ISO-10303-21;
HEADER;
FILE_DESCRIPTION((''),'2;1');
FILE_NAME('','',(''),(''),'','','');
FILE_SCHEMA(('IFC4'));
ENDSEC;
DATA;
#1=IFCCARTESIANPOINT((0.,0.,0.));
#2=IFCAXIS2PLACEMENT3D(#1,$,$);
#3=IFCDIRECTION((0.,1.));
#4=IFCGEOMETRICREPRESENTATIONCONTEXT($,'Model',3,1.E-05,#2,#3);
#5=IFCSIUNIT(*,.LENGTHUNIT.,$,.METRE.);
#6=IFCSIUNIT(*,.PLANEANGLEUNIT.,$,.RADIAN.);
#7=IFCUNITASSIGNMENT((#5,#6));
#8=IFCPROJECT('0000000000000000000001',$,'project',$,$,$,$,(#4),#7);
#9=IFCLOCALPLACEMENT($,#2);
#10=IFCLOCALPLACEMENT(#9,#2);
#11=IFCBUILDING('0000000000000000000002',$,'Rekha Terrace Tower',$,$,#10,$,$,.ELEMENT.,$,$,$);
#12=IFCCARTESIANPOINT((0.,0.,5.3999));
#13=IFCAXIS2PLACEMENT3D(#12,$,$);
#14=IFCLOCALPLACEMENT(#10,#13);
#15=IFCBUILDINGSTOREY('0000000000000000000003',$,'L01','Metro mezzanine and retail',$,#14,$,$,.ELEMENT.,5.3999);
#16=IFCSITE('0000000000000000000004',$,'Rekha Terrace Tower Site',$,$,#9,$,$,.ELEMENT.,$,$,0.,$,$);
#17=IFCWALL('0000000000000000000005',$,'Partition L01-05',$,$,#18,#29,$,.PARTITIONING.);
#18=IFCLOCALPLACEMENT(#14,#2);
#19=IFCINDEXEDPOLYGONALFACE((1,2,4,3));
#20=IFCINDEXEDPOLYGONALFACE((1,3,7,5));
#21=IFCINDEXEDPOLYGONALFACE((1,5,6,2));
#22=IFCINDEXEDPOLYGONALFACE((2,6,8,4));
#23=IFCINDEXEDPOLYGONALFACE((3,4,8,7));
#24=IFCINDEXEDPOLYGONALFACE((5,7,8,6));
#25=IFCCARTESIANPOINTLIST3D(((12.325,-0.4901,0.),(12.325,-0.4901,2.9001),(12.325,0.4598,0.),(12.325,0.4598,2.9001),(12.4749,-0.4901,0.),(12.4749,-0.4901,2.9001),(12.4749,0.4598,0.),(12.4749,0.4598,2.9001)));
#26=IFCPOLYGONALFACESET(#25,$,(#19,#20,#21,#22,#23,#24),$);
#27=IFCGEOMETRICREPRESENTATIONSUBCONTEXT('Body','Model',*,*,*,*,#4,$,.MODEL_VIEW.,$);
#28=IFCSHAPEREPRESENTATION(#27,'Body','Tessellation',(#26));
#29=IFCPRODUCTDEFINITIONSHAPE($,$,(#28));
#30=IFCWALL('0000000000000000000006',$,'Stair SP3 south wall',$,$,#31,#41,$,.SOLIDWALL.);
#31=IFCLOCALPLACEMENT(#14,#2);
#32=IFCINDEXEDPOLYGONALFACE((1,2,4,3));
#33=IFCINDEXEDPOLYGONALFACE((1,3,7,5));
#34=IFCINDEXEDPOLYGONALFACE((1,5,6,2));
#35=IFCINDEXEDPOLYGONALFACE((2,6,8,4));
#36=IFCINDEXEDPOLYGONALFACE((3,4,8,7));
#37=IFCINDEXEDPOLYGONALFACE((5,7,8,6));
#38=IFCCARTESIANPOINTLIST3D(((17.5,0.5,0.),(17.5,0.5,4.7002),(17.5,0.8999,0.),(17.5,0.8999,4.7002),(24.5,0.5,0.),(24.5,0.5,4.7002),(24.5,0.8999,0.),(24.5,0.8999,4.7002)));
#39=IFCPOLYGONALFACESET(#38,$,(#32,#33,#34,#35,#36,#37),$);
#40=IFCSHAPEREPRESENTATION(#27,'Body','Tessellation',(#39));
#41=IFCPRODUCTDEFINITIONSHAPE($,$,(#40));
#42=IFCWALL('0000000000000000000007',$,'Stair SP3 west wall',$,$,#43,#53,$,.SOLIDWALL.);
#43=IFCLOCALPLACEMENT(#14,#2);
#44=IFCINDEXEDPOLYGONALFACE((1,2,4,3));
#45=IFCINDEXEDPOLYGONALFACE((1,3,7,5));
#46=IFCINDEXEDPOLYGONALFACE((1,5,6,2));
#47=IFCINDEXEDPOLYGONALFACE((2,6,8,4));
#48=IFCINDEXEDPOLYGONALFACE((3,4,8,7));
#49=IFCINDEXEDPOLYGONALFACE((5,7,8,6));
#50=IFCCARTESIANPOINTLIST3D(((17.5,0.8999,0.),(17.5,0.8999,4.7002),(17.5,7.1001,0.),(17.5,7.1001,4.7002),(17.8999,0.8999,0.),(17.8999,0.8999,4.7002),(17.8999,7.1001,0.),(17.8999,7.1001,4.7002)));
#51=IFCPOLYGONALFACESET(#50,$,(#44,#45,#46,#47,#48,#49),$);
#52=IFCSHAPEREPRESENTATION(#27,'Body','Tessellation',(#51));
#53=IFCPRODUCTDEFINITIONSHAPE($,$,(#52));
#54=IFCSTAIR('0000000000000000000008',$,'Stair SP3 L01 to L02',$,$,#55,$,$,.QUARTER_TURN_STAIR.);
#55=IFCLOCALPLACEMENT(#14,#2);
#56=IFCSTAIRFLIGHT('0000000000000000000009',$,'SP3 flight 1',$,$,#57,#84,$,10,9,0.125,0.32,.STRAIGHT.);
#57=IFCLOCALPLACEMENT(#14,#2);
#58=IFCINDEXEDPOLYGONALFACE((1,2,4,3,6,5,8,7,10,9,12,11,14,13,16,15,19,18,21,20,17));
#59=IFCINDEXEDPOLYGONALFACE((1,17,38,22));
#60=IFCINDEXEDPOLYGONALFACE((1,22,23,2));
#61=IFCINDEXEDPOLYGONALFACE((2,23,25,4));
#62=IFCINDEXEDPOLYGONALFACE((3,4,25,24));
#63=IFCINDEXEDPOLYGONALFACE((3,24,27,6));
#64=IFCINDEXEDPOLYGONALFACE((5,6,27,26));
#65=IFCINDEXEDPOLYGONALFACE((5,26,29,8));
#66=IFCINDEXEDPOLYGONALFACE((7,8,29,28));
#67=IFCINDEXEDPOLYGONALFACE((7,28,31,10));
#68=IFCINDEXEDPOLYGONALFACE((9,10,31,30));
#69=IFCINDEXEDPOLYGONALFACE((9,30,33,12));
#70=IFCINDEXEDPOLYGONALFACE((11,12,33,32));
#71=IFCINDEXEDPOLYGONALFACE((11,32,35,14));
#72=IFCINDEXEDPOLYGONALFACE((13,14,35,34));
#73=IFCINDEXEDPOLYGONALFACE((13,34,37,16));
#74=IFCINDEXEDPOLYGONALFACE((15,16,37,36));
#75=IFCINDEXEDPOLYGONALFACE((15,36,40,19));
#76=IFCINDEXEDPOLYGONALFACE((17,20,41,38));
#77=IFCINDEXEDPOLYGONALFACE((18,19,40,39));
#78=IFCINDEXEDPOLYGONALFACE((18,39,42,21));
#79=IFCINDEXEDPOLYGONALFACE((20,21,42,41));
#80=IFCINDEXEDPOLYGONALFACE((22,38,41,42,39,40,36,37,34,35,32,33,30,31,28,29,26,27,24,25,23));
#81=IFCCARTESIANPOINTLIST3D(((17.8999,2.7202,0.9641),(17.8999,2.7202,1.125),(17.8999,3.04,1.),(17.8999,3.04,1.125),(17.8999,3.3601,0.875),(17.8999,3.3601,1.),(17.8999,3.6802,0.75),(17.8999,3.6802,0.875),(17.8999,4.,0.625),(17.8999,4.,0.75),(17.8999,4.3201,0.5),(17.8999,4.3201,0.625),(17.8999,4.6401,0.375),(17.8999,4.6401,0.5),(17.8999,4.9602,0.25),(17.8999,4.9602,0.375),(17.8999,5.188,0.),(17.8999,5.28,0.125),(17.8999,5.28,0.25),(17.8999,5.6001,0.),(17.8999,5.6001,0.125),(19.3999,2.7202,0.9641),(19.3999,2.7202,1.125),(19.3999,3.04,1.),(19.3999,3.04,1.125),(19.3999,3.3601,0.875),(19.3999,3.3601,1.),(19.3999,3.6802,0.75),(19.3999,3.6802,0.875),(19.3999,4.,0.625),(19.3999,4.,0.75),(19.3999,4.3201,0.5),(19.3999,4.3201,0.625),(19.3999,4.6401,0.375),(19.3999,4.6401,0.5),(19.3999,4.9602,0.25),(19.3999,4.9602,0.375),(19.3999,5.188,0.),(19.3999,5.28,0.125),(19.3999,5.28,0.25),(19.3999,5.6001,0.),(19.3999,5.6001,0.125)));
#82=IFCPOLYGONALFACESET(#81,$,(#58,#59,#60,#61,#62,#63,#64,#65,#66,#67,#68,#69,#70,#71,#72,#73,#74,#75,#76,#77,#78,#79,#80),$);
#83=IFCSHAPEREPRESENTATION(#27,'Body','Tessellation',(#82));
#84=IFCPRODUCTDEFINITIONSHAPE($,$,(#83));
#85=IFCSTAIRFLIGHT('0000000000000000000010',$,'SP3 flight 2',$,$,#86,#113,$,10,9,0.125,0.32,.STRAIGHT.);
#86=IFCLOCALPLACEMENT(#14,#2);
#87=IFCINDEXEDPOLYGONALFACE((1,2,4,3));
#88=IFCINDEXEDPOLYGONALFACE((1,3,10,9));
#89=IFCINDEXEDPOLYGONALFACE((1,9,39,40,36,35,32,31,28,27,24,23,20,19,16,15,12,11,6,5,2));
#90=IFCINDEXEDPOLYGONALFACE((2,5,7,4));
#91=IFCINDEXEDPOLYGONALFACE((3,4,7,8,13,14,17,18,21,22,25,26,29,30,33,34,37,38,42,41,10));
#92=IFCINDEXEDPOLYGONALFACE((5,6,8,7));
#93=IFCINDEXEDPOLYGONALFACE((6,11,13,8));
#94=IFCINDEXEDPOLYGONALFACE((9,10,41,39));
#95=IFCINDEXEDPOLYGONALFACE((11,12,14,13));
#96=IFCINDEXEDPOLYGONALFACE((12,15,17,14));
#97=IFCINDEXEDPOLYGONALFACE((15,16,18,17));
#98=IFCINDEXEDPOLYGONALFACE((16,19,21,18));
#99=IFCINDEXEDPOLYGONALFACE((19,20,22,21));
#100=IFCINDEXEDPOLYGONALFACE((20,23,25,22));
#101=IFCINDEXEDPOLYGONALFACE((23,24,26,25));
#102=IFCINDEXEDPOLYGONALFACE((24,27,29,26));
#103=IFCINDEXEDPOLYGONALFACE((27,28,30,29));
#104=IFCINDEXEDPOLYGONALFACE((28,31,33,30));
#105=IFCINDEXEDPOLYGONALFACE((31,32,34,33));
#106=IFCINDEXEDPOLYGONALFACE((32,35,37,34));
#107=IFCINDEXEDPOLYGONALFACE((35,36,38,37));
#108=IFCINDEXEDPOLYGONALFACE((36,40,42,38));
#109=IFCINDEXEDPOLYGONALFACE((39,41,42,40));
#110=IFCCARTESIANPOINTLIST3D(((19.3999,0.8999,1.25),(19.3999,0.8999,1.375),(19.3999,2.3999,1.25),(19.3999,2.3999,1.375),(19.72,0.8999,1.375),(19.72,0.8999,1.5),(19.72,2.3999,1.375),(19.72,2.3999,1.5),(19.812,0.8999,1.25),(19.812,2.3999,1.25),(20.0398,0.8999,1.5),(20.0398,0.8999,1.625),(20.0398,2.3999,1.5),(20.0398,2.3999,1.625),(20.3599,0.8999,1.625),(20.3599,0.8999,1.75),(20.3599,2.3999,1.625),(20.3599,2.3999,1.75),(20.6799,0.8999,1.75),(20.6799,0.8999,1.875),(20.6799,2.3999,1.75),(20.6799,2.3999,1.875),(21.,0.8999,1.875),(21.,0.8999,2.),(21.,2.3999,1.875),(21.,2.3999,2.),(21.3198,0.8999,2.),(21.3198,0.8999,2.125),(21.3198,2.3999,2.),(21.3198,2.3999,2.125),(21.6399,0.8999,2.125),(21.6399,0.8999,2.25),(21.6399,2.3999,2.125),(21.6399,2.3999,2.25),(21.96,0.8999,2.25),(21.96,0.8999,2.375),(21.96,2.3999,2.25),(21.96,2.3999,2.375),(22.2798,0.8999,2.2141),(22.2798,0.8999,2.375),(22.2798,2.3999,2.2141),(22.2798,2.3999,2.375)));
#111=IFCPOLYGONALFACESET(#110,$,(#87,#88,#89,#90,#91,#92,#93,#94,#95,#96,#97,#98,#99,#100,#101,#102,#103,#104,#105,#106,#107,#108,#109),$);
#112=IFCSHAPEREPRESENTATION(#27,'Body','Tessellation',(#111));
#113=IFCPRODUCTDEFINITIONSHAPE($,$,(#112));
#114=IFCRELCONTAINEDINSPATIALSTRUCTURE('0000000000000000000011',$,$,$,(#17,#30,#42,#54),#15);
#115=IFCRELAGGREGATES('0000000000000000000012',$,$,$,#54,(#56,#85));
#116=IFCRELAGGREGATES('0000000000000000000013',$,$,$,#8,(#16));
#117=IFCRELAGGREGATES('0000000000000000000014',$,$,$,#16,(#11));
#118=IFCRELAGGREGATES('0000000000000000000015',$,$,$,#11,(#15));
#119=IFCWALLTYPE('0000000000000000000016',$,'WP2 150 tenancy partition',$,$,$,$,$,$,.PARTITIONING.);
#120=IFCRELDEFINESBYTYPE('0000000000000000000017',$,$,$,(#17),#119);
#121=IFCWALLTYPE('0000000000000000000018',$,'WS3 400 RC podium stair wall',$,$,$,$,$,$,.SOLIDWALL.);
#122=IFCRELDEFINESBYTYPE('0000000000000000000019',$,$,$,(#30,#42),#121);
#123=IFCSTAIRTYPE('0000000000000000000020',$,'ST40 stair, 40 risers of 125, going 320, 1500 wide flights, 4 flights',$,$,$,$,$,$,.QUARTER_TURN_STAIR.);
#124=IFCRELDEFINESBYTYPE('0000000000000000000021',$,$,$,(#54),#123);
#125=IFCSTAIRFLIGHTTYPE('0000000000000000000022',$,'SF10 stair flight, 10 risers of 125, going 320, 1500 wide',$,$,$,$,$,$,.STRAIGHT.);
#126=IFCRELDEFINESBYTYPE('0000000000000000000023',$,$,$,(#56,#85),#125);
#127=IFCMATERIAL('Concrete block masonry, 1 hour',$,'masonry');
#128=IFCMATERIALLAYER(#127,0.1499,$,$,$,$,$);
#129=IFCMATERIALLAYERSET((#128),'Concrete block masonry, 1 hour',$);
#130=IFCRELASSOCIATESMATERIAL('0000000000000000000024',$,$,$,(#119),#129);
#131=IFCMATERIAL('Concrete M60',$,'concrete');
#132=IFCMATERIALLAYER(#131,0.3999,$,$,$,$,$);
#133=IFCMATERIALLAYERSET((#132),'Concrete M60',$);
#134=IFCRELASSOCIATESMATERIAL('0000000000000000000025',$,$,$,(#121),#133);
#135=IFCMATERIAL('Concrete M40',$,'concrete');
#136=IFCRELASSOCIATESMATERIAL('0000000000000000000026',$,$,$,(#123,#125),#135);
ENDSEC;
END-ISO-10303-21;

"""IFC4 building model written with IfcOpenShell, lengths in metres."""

from ifc_helpers import new_model, si_unit, direction, frame, frame_2d, origin, place, context, subcontext, project, spatial, polyline, rectangle, outline, extrude, material, layer, layer_set, type_object, element, aggregate, save


model = new_model("IFC4")

# Units and contexts
model_context = context("Model", 3, precision=1e-05, world=origin(), true_north=direction((0.0, 1.0)))
body_context = subcontext(model_context, "Body", "Model", "MODEL_VIEW")
ifc_project = project(units=[si_unit("LENGTHUNIT", "METRE"), si_unit("PLANEANGLEUNIT", "RADIAN")], contexts=[model_context])

# Site, building, storey
site_placement = place(None, origin())
site = spatial("IfcSite", under=ifc_project, at=site_placement, Name="Rekha Terrace Tower Site", CompositionType="ELEMENT", RefElevation=0.0)
building_placement = place(site_placement, origin())
building = spatial("IfcBuilding", under=site, at=building_placement, Name="Rekha Terrace Tower", CompositionType="ELEMENT")
storey_placement = place(building_placement, frame((0.0, 0.0, 5.3999)))
storey = spatial("IfcBuildingStorey", under=building, at=storey_placement, Name="L01", Description="Metro mezzanine and retail", CompositionType="ELEMENT", Elevation=5.3999)

# Shared definitions
ifc_material_1 = material(Name="Concrete M60", Category="concrete")

# Walls
ifc_material_2 = material(Name="Concrete block masonry, 1 hour", Category="masonry")
ifc_layer_1 = layer(ifc_material_2, 0.1499)
ifc_layer_set_1 = layer_set([ifc_layer_1], Name="Concrete block masonry, 1 hour")
wall_type_1 = type_object("IfcWallType", Name="WP2 150 tenancy partition", PredefinedType="PARTITIONING", material=ifc_layer_set_1)
wall_1_placement = place(storey_placement, frame((12.3999, 0.46, 0.0), z_axis=(0.0, 0.0, 1.0), x_axis=(0.0, -1.0, 0.0)))
element("IfcWall", 1, at=wall_1_placement, inside=storey, type_object=wall_type_1, Name="Partition L01-05", PredefinedType="PARTITIONING", context=body_context, shape_type="SweptSolid", body=[
    extrude(rectangle(XDim=0.95, YDim=0.1499, at=frame_2d((0.4751, 0.0))), origin(), (0.0, 0.0, 1.0), 2.9001),
])
ifc_layer_2 = layer(ifc_material_1, 0.3999)
ifc_layer_set_2 = layer_set([ifc_layer_2], Name="Concrete M60")
wall_type_2 = type_object("IfcWallType", Name="WS3 400 RC podium stair wall", PredefinedType="SOLIDWALL", material=ifc_layer_set_2)
wall_2_placement = place(storey_placement, frame((17.5, 0.7, 0.0), z_axis=(0.0, 0.0, 1.0), x_axis=(1.0, 0.0, 0.0)))
element("IfcWall", 2, at=wall_2_placement, inside=storey, type_object=wall_type_2, Name="Stair SP3 south wall", PredefinedType="SOLIDWALL", context=body_context, shape_type="SweptSolid", body=[
    extrude(rectangle(XDim=7.0, YDim=0.3999, at=frame_2d((3.5, 0.0))), origin(), (0.0, 0.0, 1.0), 4.7002),
])
wall_3_placement = place(storey_placement, frame((17.7, 0.8999, 0.0), z_axis=(0.0, 0.0, 1.0), x_axis=(0.0, 1.0, 0.0)))
element("IfcWall", 3, at=wall_3_placement, inside=storey, type_object=wall_type_2, Name="Stair SP3 west wall", PredefinedType="SOLIDWALL", context=body_context, shape_type="SweptSolid", body=[
    extrude(rectangle(XDim=6.2002, YDim=0.3999, at=frame_2d((3.1001, 0.0))), origin(), (0.0, 0.0, 1.0), 4.7002),
])

# Stair, stair flights
ifc_material_3 = material(Name="Concrete M40", Category="concrete")
stair_type = type_object("IfcStairType", Name="ST40 stair, 40 risers of 125, going 320, 1500 wide flights, 4 flights", PredefinedType="QUARTER_TURN_STAIR", material=ifc_material_3)
stair_placement = place(storey_placement, origin())
stair = element("IfcStair", 4, at=stair_placement, inside=storey, type_object=stair_type, Name="Stair SP3 L01 to L02", PredefinedType="QUARTER_TURN_STAIR")
stair_flight_type = type_object("IfcStairFlightType", Name="SF10 stair flight, 10 risers of 125, going 320, 1500 wide", PredefinedType="STRAIGHT", material=ifc_material_3)
stair_flight_1_placement = place(storey_placement, frame((18.6499, 5.6001, 0.0), z_axis=(0.0, 0.0, 1.0), x_axis=(0.0, -1.0, 0.0)))
stair_flight_1 = element("IfcStairFlight", 5, at=stair_flight_1_placement, type_object=stair_flight_type, Name="SP3 flight 1", NumberOfRisers=10, NumberOfTreads=9, PredefinedType="STRAIGHT", RiserHeight=0.125, TreadLength=0.32, context=body_context, shape_type="SweptSolid", body=[
    extrude(outline(polyline([(0.0, 0.0), (0.0, 0.125), (0.3201, 0.125), (0.3201, 0.25), (0.6399, 0.25), (0.6399, 0.375), (0.96, 0.375), (0.96, 0.5), (1.28, 0.5), (1.28, 0.625), (1.6001, 0.625), (1.6001, 0.75), (1.9199, 0.75), (1.9199, 0.875), (2.24, 0.875), (2.24, 1.0), (2.5601, 1.0), (2.5601, 1.125), (2.8799, 1.125), (2.8799, 1.25), (2.8799, 0.9641), (0.4121, 0.0), (0.0, 0.0)])), frame((0.0, 0.75, 0.0), z_axis=(0.0, -1.0, 0.0), x_axis=(1.0, 0.0, 0.0)), (0.0, 0.0, 1.0), 1.5),
])
stair_flight_2_placement = place(storey_placement, frame((19.3999, 1.6499, 1.25), z_axis=(0.0, 0.0, 1.0), x_axis=(1.0, 0.0, 0.0)))
stair_flight_2 = element("IfcStairFlight", 6, at=stair_flight_2_placement, type_object=stair_flight_type, Name="SP3 flight 2", NumberOfRisers=10, NumberOfTreads=9, PredefinedType="STRAIGHT", RiserHeight=0.125, TreadLength=0.32, context=body_context, shape_type="SweptSolid", body=[
    extrude(outline(polyline([(0.0, 0.0), (0.0, 0.125), (0.3201, 0.125), (0.3201, 0.25), (0.6399, 0.25), (0.6399, 0.375), (0.96, 0.375), (0.96, 0.5), (1.28, 0.5), (1.28, 0.625), (1.6001, 0.625), (1.6001, 0.75), (1.9199, 0.75), (1.9199, 0.875), (2.24, 0.875), (2.24, 1.0), (2.5601, 1.0), (2.5601, 1.125), (2.8799, 1.125), (2.8799, 1.25), (2.8799, 0.9641), (0.4121, 0.0), (0.0, 0.0)])), frame((0.0, 0.75, 0.0), z_axis=(0.0, -1.0, 0.0), x_axis=(1.0, 0.0, 0.0)), (0.0, 0.0, 1.0), 1.5),
])
aggregate(stair, [stair_flight_1, stair_flight_2])

save(model, "model.ifc")
